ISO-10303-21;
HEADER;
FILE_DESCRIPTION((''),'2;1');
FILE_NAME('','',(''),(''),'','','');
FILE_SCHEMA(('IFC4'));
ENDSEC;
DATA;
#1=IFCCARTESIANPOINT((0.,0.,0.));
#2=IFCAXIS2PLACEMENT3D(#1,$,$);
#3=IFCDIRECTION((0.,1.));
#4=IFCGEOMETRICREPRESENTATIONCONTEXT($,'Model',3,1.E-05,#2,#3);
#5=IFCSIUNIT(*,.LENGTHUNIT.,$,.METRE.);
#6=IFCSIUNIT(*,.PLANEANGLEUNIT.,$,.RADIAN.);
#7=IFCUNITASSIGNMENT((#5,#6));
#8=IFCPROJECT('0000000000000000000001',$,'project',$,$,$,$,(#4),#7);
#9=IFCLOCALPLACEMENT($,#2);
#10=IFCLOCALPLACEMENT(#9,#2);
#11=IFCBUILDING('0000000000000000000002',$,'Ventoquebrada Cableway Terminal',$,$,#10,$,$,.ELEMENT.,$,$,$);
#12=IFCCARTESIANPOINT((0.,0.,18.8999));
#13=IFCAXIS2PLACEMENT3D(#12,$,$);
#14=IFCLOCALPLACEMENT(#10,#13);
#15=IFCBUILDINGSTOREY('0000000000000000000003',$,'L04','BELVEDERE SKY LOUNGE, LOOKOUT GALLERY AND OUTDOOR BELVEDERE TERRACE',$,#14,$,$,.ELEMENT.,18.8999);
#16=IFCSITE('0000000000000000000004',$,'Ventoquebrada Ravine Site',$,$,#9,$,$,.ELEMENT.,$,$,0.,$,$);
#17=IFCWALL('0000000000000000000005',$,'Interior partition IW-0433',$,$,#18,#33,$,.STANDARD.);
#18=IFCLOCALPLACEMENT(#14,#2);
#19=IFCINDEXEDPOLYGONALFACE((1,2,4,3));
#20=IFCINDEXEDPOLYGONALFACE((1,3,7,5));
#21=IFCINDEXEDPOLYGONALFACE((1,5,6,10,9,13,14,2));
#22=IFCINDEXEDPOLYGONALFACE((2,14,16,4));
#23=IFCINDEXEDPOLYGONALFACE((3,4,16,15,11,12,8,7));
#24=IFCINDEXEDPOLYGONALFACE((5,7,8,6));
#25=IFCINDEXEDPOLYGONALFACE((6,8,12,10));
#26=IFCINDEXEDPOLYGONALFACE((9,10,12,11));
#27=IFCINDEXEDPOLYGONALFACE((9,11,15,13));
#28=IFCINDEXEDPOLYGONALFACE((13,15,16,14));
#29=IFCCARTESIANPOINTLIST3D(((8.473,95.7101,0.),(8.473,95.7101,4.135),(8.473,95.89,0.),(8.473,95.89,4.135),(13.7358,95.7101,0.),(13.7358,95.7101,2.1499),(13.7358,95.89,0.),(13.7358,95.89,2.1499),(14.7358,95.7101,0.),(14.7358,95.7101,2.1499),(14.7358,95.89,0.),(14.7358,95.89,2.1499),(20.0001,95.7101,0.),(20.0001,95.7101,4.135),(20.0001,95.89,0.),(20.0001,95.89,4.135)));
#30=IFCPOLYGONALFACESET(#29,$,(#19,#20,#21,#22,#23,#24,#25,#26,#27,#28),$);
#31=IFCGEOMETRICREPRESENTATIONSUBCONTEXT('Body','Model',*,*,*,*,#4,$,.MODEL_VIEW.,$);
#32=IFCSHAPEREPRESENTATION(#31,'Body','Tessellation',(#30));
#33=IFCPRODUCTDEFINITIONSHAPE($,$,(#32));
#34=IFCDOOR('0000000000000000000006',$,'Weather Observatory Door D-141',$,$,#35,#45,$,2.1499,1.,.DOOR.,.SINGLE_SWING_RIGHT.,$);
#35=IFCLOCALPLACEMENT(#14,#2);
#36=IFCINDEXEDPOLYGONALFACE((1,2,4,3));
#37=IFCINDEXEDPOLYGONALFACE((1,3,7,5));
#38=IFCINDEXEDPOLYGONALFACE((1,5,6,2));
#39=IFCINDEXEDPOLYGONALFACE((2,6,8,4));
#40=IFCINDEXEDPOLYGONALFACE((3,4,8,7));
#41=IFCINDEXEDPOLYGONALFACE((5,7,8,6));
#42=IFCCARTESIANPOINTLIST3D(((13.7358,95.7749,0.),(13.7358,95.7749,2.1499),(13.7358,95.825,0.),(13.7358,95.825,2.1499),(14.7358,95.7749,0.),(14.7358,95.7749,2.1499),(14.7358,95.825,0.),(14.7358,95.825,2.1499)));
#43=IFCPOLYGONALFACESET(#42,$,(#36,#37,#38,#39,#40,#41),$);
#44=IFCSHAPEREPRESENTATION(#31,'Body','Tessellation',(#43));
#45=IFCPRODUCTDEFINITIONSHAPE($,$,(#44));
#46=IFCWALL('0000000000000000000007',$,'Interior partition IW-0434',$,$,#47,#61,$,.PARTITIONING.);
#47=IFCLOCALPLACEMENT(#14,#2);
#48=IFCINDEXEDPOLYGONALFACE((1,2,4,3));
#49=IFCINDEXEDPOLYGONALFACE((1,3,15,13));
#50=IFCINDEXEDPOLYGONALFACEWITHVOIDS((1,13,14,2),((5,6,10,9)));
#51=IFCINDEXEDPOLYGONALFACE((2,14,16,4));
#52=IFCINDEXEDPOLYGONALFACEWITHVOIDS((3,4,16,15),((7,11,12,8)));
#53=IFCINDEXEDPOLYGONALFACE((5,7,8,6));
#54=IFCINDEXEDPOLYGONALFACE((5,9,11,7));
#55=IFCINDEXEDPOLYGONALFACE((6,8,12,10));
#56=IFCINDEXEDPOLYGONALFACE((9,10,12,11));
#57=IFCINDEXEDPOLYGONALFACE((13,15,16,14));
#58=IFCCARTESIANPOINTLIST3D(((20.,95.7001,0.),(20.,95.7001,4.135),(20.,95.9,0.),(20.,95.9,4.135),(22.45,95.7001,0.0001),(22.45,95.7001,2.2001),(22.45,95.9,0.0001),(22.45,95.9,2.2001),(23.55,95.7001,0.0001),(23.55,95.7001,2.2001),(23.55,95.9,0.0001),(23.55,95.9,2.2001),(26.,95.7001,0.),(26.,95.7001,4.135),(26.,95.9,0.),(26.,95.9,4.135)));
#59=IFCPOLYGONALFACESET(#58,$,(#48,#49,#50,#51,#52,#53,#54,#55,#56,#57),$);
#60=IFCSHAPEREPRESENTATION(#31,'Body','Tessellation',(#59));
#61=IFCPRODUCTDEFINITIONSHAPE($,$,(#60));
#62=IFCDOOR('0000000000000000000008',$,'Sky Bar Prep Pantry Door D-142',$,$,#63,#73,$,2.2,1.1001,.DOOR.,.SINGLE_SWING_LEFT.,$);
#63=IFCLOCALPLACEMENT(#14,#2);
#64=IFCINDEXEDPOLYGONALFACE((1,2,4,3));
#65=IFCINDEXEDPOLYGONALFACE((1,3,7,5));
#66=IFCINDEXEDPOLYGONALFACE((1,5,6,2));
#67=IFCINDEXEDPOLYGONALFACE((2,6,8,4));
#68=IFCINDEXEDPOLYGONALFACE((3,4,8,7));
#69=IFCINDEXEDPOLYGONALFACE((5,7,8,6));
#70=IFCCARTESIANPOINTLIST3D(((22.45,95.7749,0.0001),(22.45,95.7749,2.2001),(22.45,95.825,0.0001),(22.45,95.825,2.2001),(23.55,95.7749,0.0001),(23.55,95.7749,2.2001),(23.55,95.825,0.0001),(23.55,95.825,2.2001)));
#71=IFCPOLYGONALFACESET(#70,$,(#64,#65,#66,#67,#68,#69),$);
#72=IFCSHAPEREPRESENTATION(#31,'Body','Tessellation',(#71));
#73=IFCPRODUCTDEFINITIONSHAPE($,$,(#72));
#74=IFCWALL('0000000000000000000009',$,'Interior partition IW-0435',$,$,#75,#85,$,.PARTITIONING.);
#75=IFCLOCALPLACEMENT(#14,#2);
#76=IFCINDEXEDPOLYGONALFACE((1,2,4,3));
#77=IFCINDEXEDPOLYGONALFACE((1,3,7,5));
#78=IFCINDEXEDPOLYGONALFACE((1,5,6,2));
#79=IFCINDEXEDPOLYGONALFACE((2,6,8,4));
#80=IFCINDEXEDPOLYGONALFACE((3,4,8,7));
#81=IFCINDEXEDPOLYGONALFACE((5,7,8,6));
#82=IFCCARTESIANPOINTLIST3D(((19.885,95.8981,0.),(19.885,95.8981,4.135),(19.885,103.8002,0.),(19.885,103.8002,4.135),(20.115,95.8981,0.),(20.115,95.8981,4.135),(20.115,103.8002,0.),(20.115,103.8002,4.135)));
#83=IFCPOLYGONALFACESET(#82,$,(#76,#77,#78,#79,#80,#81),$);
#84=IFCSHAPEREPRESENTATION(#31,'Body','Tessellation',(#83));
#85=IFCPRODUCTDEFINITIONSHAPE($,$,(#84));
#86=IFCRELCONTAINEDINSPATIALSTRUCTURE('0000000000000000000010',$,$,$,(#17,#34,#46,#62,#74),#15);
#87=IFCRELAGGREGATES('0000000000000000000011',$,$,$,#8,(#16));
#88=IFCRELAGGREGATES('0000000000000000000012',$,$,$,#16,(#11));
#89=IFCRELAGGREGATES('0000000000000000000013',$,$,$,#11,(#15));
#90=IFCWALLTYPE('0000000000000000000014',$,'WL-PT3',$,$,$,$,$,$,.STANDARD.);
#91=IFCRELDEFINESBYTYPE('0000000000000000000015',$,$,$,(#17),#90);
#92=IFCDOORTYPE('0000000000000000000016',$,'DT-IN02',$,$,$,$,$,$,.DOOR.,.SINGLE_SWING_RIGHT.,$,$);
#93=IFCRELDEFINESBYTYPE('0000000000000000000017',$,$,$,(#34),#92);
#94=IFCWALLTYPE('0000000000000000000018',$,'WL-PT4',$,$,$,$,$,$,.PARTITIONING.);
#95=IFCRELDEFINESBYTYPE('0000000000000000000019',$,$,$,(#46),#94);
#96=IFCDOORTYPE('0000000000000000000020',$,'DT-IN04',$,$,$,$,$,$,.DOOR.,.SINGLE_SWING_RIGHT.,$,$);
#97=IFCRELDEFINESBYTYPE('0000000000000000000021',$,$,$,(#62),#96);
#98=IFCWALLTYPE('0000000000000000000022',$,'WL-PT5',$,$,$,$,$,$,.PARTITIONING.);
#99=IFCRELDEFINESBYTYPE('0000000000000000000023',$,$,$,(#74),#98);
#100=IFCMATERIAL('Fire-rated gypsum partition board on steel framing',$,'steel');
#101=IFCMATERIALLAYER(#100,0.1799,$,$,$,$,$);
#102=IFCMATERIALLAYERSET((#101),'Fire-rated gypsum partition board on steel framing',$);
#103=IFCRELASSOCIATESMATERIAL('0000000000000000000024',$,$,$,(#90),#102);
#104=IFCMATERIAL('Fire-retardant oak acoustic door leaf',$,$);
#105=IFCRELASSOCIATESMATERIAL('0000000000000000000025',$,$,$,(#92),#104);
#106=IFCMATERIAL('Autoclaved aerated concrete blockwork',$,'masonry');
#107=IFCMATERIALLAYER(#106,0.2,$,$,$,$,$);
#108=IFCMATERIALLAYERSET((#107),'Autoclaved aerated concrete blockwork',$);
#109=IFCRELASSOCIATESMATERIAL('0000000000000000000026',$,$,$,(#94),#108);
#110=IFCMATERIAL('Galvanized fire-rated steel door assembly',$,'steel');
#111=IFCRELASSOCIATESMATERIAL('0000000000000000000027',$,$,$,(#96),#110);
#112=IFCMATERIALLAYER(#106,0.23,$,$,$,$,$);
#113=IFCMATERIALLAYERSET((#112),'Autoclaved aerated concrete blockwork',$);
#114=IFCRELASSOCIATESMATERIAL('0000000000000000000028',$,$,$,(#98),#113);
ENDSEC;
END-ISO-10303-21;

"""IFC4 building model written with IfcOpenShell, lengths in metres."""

from ifc_helpers import new_model, si_unit, direction, frame, frame_2d, origin, place, context, subcontext, project, spatial, rectangle, extrude, material, layer, layer_set, type_object, element, fill, save


model = new_model("IFC4")

# Units and contexts
model_context = context("Model", 3, precision=1e-05, world=origin(), true_north=direction((0.0, 1.0)))
body_context = subcontext(model_context, "Body", "Model", "MODEL_VIEW")
ifc_project = project(units=[si_unit("LENGTHUNIT", "METRE"), si_unit("PLANEANGLEUNIT", "RADIAN")], contexts=[model_context])

# Site, building, storey
site_placement = place(None, origin())
site = spatial("IfcSite", under=ifc_project, at=site_placement, Name="Ventoquebrada Ravine Site", CompositionType="ELEMENT", RefElevation=0.0)
building_placement = place(site_placement, origin())
building = spatial("IfcBuilding", under=site, at=building_placement, Name="Ventoquebrada Cableway Terminal", CompositionType="ELEMENT")
storey_placement = place(building_placement, frame((0.0, 0.0, 18.8999)))
storey = spatial("IfcBuildingStorey", under=building, at=storey_placement, Name="L04", Description="BELVEDERE SKY LOUNGE, LOOKOUT GALLERY AND OUTDOOR BELVEDERE TERRACE", CompositionType="ELEMENT", Elevation=18.8999)

# Walls, openings, doors
ifc_material_1 = material(Name="Fire-rated gypsum partition board on steel framing", Category="steel")
ifc_layer_1 = layer(ifc_material_1, 0.1799)
ifc_layer_set_1 = layer_set([ifc_layer_1], Name="Fire-rated gypsum partition board on steel framing")
wall_type_1 = type_object("IfcWallType", Name="WL-PT3", PredefinedType="STANDARD", material=ifc_layer_set_1)
wall_1_placement = place(storey_placement, frame((8.4729, 95.8, 0.0), z_axis=(0.0, 0.0, 1.0), x_axis=(1.0, 0.0, 0.0)))
wall_1 = element("IfcWall", 1, at=wall_1_placement, inside=storey, type_object=wall_type_1, Name="Interior partition IW-0433", PredefinedType="STANDARD", context=body_context, shape_type="SweptSolid", body=[
    extrude(rectangle(XDim=11.5271, YDim=0.1799, at=frame_2d((5.7637, 0.0))), origin(), (0.0, 0.0, 1.0), 4.135),
])
opening_1_placement = place(wall_1_placement, frame((5.2629, 0.0, 0.0)))
opening_1 = element("IfcOpeningElement", 2, at=opening_1_placement, cuts=wall_1, PredefinedType="OPENING", context=body_context, shape_type="SweptSolid", body=[
    extrude(rectangle(XDim=1.0, YDim=2.1499, at=frame_2d((0.5, 1.075))), frame((0.0, 0.0999, 0.0), z_axis=(0.0, -1.0, 0.0), x_axis=(1.0, 0.0, 0.0)), (0.0, 0.0, 1.0), 0.2),
])
ifc_material_2 = material(Name="Fire-retardant oak acoustic door leaf")
door_type_1 = type_object("IfcDoorType", Name="DT-IN02", OperationType="SINGLE_SWING_RIGHT", PredefinedType="DOOR", material=ifc_material_2)
door_1_placement = place(opening_1_placement, origin())
door_1 = element("IfcDoor", 3, at=door_1_placement, inside=storey, type_object=door_type_1, Name="Weather Observatory Door D-141", OperationType="SINGLE_SWING_RIGHT", OverallHeight=2.1499, OverallWidth=1.0, PredefinedType="DOOR", context=body_context, shape_type="SweptSolid", body=[
    extrude(rectangle(XDim=1.0, YDim=2.1499, at=frame_2d((0.5, 1.075))), frame((0.0, 0.0249, 0.0), z_axis=(0.0, -1.0, 0.0), x_axis=(1.0, 0.0, 0.0)), (0.0, 0.0, 1.0), 0.05),
])
fill(opening_1, door_1)
ifc_material_3 = material(Name="Autoclaved aerated concrete blockwork", Category="masonry")
ifc_layer_2 = layer(ifc_material_3, 0.2)
ifc_layer_set_2 = layer_set([ifc_layer_2], Name="Autoclaved aerated concrete blockwork")
wall_type_2 = type_object("IfcWallType", Name="WL-PT4", PredefinedType="PARTITIONING", material=ifc_layer_set_2)
wall_2_placement = place(storey_placement, frame((20.0, 95.8, 0.0), z_axis=(0.0, 0.0, 1.0), x_axis=(1.0, 0.0, 0.0)))
wall_2 = element("IfcWall", 4, at=wall_2_placement, inside=storey, type_object=wall_type_2, Name="Interior partition IW-0434", PredefinedType="PARTITIONING", context=body_context, shape_type="SweptSolid", body=[
    extrude(rectangle(XDim=6.0, YDim=0.2, at=frame_2d((3.0, 0.0))), origin(), (0.0, 0.0, 1.0), 4.135),
])
opening_2_placement = place(wall_2_placement, frame((2.45, 0.0, 0.0)))
opening_2 = element("IfcOpeningElement", 5, at=opening_2_placement, cuts=wall_2, PredefinedType="OPENING", context=body_context, shape_type="SweptSolid", body=[
    extrude(rectangle(XDim=1.1001, YDim=2.2, at=frame_2d((0.55, 1.1001))), frame((0.0, 0.1099, 0.0), z_axis=(0.0, -1.0, 0.0), x_axis=(1.0, 0.0, 0.0)), (0.0, 0.0, 1.0), 0.22),
])
ifc_material_4 = material(Name="Galvanized fire-rated steel door assembly", Category="steel")
door_type_2 = type_object("IfcDoorType", Name="DT-IN04", OperationType="SINGLE_SWING_RIGHT", PredefinedType="DOOR", material=ifc_material_4)
door_2_placement = place(opening_2_placement, origin())
door_2 = element("IfcDoor", 6, at=door_2_placement, inside=storey, type_object=door_type_2, Name="Sky Bar Prep Pantry Door D-142", OperationType="SINGLE_SWING_LEFT", OverallHeight=2.2, OverallWidth=1.1001, PredefinedType="DOOR", context=body_context, shape_type="SweptSolid", body=[
    extrude(rectangle(XDim=1.1001, YDim=2.2, at=frame_2d((0.55, 1.1001))), frame((0.0, 0.0249, 0.0), z_axis=(0.0, -1.0, 0.0), x_axis=(1.0, 0.0, 0.0)), (0.0, 0.0, 1.0), 0.05),
])
fill(opening_2, door_2)

# Wall
ifc_layer_3 = layer(ifc_material_3, 0.23)
ifc_layer_set_3 = layer_set([ifc_layer_3], Name="Autoclaved aerated concrete blockwork")
wall_type_3 = type_object("IfcWallType", Name="WL-PT5", PredefinedType="PARTITIONING", material=ifc_layer_set_3)
wall_3_placement = place(storey_placement, frame((20.0, 95.8979, 0.0), z_axis=(0.0, 0.0, 1.0), x_axis=(0.0, 1.0, 0.0)))
element("IfcWall", 7, at=wall_3_placement, inside=storey, type_object=wall_type_3, Name="Interior partition IW-0435", PredefinedType="PARTITIONING", context=body_context, shape_type="SweptSolid", body=[
    extrude(rectangle(XDim=7.9021, YDim=0.23, at=frame_2d((3.9512, 0.0))), origin(), (0.0, 0.0, 1.0), 4.135),
])

save(model, "model.ifc")
